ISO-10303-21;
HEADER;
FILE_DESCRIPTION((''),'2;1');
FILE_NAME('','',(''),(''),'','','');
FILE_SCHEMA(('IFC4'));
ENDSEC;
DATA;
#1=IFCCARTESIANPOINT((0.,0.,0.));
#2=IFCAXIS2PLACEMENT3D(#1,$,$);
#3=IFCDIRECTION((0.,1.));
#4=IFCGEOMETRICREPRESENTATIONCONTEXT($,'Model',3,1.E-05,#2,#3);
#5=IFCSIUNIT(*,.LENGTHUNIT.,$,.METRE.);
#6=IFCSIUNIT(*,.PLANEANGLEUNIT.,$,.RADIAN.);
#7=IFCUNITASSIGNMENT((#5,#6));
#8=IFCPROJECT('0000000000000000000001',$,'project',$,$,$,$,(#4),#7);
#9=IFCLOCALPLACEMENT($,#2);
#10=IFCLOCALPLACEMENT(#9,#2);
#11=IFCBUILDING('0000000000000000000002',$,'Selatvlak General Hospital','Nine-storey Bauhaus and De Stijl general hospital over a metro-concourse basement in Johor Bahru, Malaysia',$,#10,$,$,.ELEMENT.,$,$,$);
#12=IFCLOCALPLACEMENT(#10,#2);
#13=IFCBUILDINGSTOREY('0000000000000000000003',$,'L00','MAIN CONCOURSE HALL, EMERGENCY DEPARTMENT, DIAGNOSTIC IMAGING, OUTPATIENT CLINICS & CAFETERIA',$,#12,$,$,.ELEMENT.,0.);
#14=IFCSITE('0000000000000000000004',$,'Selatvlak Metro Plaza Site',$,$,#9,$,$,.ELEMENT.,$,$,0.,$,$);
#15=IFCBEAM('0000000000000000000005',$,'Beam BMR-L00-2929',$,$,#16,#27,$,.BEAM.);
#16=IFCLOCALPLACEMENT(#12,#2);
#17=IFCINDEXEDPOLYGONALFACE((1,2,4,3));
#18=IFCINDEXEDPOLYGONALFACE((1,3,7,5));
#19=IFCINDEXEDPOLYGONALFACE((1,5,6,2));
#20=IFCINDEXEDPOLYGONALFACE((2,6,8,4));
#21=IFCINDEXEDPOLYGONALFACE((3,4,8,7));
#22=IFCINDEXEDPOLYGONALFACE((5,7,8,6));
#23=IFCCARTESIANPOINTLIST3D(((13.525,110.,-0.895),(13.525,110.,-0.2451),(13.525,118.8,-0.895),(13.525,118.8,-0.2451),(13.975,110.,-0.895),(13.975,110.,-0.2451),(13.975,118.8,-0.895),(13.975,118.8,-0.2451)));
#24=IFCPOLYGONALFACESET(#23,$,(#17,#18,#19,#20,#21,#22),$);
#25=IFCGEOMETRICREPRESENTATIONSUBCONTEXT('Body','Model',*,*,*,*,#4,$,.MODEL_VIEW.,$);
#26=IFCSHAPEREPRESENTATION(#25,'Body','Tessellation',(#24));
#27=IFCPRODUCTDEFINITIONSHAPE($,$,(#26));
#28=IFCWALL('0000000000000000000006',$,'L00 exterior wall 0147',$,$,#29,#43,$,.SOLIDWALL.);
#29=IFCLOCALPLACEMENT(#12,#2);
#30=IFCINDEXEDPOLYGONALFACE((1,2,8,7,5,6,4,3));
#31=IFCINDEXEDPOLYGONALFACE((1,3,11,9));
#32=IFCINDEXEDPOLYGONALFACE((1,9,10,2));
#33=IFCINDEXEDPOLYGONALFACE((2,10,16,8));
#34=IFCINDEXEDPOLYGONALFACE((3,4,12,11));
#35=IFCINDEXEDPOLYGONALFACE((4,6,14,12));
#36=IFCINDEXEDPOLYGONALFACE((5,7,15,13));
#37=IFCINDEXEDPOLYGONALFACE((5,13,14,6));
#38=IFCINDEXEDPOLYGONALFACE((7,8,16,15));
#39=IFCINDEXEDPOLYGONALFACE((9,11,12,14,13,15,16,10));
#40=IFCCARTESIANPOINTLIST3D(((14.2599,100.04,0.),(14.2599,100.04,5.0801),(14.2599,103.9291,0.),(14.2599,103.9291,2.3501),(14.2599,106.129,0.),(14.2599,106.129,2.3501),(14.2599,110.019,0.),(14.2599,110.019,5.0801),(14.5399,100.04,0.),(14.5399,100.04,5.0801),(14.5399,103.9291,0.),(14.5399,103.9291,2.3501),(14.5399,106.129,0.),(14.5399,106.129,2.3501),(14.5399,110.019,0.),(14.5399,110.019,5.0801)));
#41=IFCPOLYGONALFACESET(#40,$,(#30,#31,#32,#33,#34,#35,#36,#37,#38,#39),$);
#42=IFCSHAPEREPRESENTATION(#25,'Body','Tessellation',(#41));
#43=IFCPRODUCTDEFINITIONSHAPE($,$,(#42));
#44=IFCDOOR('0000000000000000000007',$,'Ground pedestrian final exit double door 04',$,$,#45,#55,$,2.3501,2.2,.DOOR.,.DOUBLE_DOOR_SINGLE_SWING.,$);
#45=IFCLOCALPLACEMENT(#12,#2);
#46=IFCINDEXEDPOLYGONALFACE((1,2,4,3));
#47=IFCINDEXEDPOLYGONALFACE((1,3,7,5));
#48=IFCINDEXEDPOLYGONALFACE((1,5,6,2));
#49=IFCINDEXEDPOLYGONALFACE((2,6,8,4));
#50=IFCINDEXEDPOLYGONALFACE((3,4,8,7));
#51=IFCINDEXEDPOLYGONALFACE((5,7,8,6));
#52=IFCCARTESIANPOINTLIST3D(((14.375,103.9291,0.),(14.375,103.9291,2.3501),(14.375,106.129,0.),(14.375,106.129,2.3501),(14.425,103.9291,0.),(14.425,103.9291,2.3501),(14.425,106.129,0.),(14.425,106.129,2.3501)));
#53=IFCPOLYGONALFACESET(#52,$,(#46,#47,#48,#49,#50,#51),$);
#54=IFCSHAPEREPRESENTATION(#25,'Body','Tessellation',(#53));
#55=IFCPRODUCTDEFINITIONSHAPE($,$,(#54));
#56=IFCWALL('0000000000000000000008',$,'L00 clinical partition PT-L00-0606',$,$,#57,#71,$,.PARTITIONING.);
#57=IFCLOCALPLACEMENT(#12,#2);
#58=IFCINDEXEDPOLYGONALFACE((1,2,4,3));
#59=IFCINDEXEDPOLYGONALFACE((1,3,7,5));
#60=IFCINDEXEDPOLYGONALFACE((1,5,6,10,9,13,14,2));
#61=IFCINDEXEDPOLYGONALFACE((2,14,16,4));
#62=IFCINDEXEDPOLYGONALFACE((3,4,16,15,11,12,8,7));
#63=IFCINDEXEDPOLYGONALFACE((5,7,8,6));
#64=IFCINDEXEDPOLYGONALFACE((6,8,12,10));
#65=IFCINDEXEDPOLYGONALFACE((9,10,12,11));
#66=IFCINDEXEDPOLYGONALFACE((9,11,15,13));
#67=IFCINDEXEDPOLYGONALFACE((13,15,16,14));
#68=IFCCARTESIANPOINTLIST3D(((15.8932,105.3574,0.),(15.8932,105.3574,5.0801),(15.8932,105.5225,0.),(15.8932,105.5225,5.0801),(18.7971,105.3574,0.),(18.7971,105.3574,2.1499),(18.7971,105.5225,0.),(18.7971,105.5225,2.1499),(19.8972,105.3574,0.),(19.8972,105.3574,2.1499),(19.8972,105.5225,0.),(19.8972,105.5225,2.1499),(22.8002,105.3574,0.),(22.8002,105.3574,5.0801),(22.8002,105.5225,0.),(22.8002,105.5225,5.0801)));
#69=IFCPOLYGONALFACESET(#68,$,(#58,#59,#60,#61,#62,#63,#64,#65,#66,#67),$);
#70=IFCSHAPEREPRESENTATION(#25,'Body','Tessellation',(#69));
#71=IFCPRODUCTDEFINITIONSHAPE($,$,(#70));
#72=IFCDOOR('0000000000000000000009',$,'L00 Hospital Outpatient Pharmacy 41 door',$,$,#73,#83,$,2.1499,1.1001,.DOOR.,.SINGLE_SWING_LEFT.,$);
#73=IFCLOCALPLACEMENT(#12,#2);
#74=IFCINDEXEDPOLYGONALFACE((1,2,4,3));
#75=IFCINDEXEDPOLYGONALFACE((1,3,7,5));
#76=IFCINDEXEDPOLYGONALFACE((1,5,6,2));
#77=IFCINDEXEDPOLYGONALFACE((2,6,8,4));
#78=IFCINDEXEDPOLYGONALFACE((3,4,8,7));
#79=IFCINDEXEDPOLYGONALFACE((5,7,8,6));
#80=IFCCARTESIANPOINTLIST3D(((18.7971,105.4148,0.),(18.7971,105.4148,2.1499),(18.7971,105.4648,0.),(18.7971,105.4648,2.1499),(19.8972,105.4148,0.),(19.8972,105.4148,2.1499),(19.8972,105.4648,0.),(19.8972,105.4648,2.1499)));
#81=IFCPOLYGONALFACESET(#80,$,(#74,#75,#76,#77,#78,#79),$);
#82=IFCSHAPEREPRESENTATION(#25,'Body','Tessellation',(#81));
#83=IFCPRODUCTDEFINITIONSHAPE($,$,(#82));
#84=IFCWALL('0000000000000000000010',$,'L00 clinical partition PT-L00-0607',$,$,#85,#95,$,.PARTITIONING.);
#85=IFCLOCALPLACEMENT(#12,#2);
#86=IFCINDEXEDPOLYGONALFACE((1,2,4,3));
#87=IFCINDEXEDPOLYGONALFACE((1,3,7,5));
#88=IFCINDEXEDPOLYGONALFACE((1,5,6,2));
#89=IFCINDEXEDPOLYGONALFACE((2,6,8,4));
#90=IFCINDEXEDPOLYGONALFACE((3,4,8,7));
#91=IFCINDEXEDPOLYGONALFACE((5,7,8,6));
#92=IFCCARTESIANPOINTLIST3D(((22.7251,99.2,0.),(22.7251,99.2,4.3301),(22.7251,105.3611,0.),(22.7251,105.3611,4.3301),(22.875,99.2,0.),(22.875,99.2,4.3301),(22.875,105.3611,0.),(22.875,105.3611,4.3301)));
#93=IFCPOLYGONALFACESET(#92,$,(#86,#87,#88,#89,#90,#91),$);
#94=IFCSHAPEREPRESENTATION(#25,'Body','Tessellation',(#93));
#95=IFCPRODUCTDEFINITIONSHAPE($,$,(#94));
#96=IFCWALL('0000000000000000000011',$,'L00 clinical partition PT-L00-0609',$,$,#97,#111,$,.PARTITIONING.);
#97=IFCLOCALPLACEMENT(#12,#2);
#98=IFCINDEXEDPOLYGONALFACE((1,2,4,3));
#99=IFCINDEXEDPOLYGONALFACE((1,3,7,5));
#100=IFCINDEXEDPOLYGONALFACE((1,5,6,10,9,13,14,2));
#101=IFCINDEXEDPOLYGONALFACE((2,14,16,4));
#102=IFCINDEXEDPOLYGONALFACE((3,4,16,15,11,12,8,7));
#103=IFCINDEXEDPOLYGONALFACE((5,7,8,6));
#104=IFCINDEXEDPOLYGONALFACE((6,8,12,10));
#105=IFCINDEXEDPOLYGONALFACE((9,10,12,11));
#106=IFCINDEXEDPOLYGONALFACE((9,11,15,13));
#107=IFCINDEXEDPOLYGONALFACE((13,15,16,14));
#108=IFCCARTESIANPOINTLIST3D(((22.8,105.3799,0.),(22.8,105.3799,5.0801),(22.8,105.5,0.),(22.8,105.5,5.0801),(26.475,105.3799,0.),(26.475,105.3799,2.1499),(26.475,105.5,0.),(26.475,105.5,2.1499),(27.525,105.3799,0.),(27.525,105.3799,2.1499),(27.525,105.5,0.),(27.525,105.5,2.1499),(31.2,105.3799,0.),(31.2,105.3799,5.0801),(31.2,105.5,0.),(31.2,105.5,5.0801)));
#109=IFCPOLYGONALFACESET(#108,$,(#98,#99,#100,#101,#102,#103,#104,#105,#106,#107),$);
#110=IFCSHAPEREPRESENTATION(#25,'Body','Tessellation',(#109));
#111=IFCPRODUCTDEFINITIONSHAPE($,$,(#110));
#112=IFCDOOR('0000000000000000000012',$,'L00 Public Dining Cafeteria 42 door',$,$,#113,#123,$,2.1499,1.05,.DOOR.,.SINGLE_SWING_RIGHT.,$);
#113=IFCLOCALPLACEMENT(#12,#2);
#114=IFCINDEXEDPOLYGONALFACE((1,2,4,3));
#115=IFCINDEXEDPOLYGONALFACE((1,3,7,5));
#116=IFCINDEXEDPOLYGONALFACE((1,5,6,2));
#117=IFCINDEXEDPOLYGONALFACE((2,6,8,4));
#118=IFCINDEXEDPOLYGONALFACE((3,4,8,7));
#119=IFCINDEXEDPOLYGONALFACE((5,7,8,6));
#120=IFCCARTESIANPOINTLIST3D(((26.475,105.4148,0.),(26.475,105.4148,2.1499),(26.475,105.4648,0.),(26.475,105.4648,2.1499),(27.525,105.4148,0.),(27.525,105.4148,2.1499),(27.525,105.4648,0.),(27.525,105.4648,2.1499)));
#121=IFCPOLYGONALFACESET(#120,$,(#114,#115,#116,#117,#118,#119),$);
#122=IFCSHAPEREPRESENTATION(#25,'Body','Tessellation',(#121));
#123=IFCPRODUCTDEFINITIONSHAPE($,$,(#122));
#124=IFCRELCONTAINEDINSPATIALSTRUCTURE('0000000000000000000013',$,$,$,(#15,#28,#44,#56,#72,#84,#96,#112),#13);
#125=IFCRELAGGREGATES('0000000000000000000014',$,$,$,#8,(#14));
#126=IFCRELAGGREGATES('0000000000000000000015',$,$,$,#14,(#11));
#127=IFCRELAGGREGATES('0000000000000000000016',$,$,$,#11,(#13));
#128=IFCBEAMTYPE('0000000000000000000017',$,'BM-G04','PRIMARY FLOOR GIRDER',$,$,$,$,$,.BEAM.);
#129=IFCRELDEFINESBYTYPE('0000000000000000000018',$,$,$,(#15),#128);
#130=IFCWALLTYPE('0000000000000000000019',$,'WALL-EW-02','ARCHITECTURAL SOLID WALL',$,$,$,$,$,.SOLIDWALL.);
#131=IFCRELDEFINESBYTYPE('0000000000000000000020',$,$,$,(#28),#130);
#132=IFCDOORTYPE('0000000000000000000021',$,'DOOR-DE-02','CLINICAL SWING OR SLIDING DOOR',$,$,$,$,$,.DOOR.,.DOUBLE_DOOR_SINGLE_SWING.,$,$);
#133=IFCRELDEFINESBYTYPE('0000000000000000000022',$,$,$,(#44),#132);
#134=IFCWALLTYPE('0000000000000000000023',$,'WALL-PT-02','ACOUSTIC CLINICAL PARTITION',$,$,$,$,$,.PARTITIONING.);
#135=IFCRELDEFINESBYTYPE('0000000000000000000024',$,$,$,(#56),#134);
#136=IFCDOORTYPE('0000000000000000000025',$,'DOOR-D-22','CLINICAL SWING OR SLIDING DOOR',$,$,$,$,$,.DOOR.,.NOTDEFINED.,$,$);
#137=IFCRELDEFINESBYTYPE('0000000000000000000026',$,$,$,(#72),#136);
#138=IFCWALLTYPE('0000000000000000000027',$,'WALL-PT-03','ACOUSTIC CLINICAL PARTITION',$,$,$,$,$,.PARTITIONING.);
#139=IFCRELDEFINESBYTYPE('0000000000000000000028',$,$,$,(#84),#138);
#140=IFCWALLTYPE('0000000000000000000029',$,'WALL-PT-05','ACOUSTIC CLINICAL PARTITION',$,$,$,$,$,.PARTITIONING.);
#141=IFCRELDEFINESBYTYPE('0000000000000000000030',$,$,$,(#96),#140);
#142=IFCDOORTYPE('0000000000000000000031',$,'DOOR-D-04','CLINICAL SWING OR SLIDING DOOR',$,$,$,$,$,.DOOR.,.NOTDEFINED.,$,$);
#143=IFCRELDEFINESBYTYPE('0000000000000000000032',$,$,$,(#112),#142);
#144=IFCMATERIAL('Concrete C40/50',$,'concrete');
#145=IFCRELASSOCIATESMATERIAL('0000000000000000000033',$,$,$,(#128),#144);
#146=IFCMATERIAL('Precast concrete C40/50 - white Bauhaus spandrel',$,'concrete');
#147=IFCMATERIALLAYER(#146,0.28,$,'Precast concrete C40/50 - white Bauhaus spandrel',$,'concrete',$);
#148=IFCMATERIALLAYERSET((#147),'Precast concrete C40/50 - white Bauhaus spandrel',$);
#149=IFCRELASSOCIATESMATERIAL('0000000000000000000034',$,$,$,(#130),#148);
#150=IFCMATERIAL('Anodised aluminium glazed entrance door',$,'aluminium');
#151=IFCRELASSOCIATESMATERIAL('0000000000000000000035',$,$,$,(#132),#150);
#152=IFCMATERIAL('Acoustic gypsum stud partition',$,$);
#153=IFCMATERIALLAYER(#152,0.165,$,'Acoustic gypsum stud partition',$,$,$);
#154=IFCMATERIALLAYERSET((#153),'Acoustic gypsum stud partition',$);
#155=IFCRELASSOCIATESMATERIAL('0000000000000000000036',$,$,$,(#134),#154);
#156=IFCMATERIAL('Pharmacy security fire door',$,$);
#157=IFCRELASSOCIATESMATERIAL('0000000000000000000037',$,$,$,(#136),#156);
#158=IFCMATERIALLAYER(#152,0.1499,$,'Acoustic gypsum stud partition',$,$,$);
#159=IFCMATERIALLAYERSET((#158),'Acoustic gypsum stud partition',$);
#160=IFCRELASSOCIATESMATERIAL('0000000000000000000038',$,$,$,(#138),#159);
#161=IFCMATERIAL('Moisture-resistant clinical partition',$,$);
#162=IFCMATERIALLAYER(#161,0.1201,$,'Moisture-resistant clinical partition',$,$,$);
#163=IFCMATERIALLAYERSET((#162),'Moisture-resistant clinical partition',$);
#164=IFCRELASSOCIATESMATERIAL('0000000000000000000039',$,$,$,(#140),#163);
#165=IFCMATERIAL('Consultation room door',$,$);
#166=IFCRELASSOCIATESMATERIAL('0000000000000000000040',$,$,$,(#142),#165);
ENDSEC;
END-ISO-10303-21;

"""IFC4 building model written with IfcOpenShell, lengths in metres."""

from ifc_helpers import new_model, si_unit, direction, frame, frame_2d, origin, origin_2d, place, context, subcontext, project, spatial, rectangle, extrude, material, layer, layer_set, material_profile, profile_set, type_object, element, fill, save


model = new_model("IFC4")

# Units and contexts
model_context = context("Model", 3, precision=1e-05, world=origin(), true_north=direction((0.0, 1.0)))
body_context = subcontext(model_context, "Body", "Model", "MODEL_VIEW")
ifc_project = project(units=[si_unit("LENGTHUNIT", "METRE"), si_unit("PLANEANGLEUNIT", "RADIAN")], contexts=[model_context])

# Site, building, storey
site_placement = place(None, origin())
site = spatial("IfcSite", under=ifc_project, at=site_placement, Name="Selatvlak Metro Plaza Site", CompositionType="ELEMENT", RefElevation=0.0)
building_placement = place(site_placement, origin())
building = spatial("IfcBuilding", under=site, at=building_placement, Name="Selatvlak General Hospital", Description="Nine-storey Bauhaus and De Stijl general hospital over a metro-concourse basement in Johor Bahru, Malaysia", CompositionType="ELEMENT")
storey_placement = place(building_placement, origin())
storey = spatial("IfcBuildingStorey", under=building, at=storey_placement, Name="L00", Description="MAIN CONCOURSE HALL, EMERGENCY DEPARTMENT, DIAGNOSTIC IMAGING, OUTPATIENT CLINICS & CAFETERIA", CompositionType="ELEMENT", Elevation=0.0)

# Beam
ifc_material_1 = material(Name="Concrete C40/50", Category="concrete")
ifc_material_profile_1 = material_profile(ifc_material_1, rectangle(XDim=0.45, YDim=0.6499, at=origin_2d()), Name="RC-BM 450x650")
ifc_profile_set_1 = profile_set([ifc_material_profile_1], Name="Concrete C40/50")
beam_type_1 = type_object("IfcBeamType", Name="BM-G04", Description="PRIMARY FLOOR GIRDER", PredefinedType="BEAM", material=ifc_profile_set_1)
beam_1_placement = place(storey_placement, frame((13.75, 110.0, -0.5701), z_axis=(0.0, 1.0, 0.0), x_axis=(-1.0, 0.0, 0.0)))
element("IfcBeam", 1, at=beam_1_placement, inside=storey, type_object=beam_type_1, Name="Beam BMR-L00-2929", PredefinedType="BEAM", context=body_context, shape_type="SweptSolid", body=[
    extrude(rectangle(XDim=0.45, YDim=0.6499, at=origin_2d()), origin(), (0.0, 0.0, 1.0), 8.8),
])

# Walls, openings, doors
ifc_material_2 = material(Name="Precast concrete C40/50 - white Bauhaus spandrel", Category="concrete")
ifc_layer_1 = layer(ifc_material_2, 0.28, Name="Precast concrete C40/50 - white Bauhaus spandrel", Category="concrete")
ifc_layer_set_1 = layer_set([ifc_layer_1], Name="Precast concrete C40/50 - white Bauhaus spandrel")
wall_type_1 = type_object("IfcWallType", Name="WALL-EW-02", Description="ARCHITECTURAL SOLID WALL", PredefinedType="SOLIDWALL", material=ifc_layer_set_1)
wall_1_placement = place(storey_placement, frame((14.3999, 100.04, 0.0), z_axis=(0.0, 0.0, 1.0), x_axis=(0.0, 1.0, 0.0)))
wall_1 = element("IfcWall", 2, at=wall_1_placement, inside=storey, type_object=wall_type_1, Name="L00 exterior wall 0147", PredefinedType="SOLIDWALL", context=body_context, shape_type="SweptSolid", body=[
    extrude(rectangle(XDim=9.979, YDim=0.28, at=frame_2d((4.9895, 0.0))), origin(), (0.0, 0.0, 1.0), 5.0801),
])
opening_1_placement = place(wall_1_placement, frame((3.8889, 0.0, 0.0)))
opening_1 = element("IfcOpeningElement", 3, at=opening_1_placement, cuts=wall_1, PredefinedType="OPENING", context=body_context, shape_type="SweptSolid", body=[
    extrude(rectangle(XDim=2.2, YDim=2.3501, at=frame_2d((1.1001, 1.175))), frame((0.0, 0.1499, 0.0), z_axis=(0.0, -1.0, 0.0), x_axis=(1.0, 0.0, 0.0)), (0.0, 0.0, 1.0), 0.3),
])
ifc_material_3 = material(Name="Anodised aluminium glazed entrance door", Category="aluminium")
door_type_1 = type_object("IfcDoorType", Name="DOOR-DE-02", Description="CLINICAL SWING OR SLIDING DOOR", OperationType="DOUBLE_DOOR_SINGLE_SWING", PredefinedType="DOOR", material=ifc_material_3)
door_1_placement = place(opening_1_placement, origin())
door_1 = element("IfcDoor", 4, at=door_1_placement, inside=storey, type_object=door_type_1, Name="Ground pedestrian final exit double door 04", OperationType="DOUBLE_DOOR_SINGLE_SWING", OverallHeight=2.3501, OverallWidth=2.2, PredefinedType="DOOR", context=body_context, shape_type="SweptSolid", body=[
    extrude(rectangle(XDim=2.2, YDim=2.3501, at=frame_2d((1.1001, 1.175))), frame((0.0, 0.0249, 0.0), z_axis=(0.0, -1.0, 0.0), x_axis=(1.0, 0.0, 0.0)), (0.0, 0.0, 1.0), 0.05),
])
fill(opening_1, door_1)
ifc_material_4 = material(Name="Acoustic gypsum stud partition")
ifc_layer_2 = layer(ifc_material_4, 0.165, Name="Acoustic gypsum stud partition")
ifc_layer_set_2 = layer_set([ifc_layer_2], Name="Acoustic gypsum stud partition")
wall_type_2 = type_object("IfcWallType", Name="WALL-PT-02", Description="ACOUSTIC CLINICAL PARTITION", PredefinedType="PARTITIONING", material=ifc_layer_set_2)
wall_2_placement = place(storey_placement, frame((15.8931, 105.4399, 0.0), z_axis=(0.0, 0.0, 1.0), x_axis=(1.0, 0.0, 0.0)))
wall_2 = element("IfcWall", 5, at=wall_2_placement, inside=storey, type_object=wall_type_2, Name="L00 clinical partition PT-L00-0606", PredefinedType="PARTITIONING", context=body_context, shape_type="SweptSolid", body=[
    extrude(rectangle(XDim=6.907, YDim=0.165, at=frame_2d((3.4536, 0.0))), origin(), (0.0, 0.0, 1.0), 5.0801),
])
opening_2_placement = place(wall_2_placement, frame((2.9041, 0.0, 0.0)))
opening_2 = element("IfcOpeningElement", 6, at=opening_2_placement, cuts=wall_2, PredefinedType="OPENING", context=body_context, shape_type="SweptSolid", body=[
    extrude(rectangle(XDim=1.1001, YDim=2.1499, at=frame_2d((0.55, 1.075))), frame((0.0, 0.0925, 0.0), z_axis=(0.0, -1.0, 0.0), x_axis=(1.0, 0.0, 0.0)), (0.0, 0.0, 1.0), 0.1851),
])
ifc_material_5 = material(Name="Pharmacy security fire door")
door_type_2 = type_object("IfcDoorType", Name="DOOR-D-22", Description="CLINICAL SWING OR SLIDING DOOR", OperationType="NOTDEFINED", PredefinedType="DOOR", material=ifc_material_5)
door_2_placement = place(opening_2_placement, origin())
door_2 = element("IfcDoor", 7, at=door_2_placement, inside=storey, type_object=door_type_2, Name="L00 Hospital Outpatient Pharmacy 41 door", OperationType="SINGLE_SWING_LEFT", OverallHeight=2.1499, OverallWidth=1.1001, PredefinedType="DOOR", context=body_context, shape_type="SweptSolid", body=[
    extrude(rectangle(XDim=1.1001, YDim=2.1499, at=frame_2d((0.55, 1.075))), frame((0.0, 0.0249, 0.0), z_axis=(0.0, -1.0, 0.0), x_axis=(1.0, 0.0, 0.0)), (0.0, 0.0, 1.0), 0.05),
])
fill(opening_2, door_2)

# Wall
ifc_layer_3 = layer(ifc_material_4, 0.1499, Name="Acoustic gypsum stud partition")
ifc_layer_set_3 = layer_set([ifc_layer_3], Name="Acoustic gypsum stud partition")
wall_type_3 = type_object("IfcWallType", Name="WALL-PT-03", Description="ACOUSTIC CLINICAL PARTITION", PredefinedType="PARTITIONING", material=ifc_layer_set_3)
wall_3_placement = place(storey_placement, frame((22.8, 105.3611, 0.0), z_axis=(0.0, 0.0, 1.0), x_axis=(0.0, -1.0, 0.0)))
element("IfcWall", 8, at=wall_3_placement, inside=storey, type_object=wall_type_3, Name="L00 clinical partition PT-L00-0607", PredefinedType="PARTITIONING", context=body_context, shape_type="SweptSolid", body=[
    extrude(rectangle(XDim=6.1611, YDim=0.1499, at=frame_2d((3.0806, 0.0))), origin(), (0.0, 0.0, 1.0), 4.3301),
])

# Wall, opening, door
ifc_material_6 = material(Name="Moisture-resistant clinical partition")
ifc_layer_4 = layer(ifc_material_6, 0.1201, Name="Moisture-resistant clinical partition")
ifc_layer_set_4 = layer_set([ifc_layer_4], Name="Moisture-resistant clinical partition")
wall_type_4 = type_object("IfcWallType", Name="WALL-PT-05", Description="ACOUSTIC CLINICAL PARTITION", PredefinedType="PARTITIONING", material=ifc_layer_set_4)
wall_4_placement = place(storey_placement, frame((22.8, 105.4399, 0.0), z_axis=(0.0, 0.0, 1.0), x_axis=(1.0, 0.0, 0.0)))
wall_4 = element("IfcWall", 9, at=wall_4_placement, inside=storey, type_object=wall_type_4, Name="L00 clinical partition PT-L00-0609", PredefinedType="PARTITIONING", context=body_context, shape_type="SweptSolid", body=[
    extrude(rectangle(XDim=8.3999, YDim=0.1201, at=frame_2d((4.2, 0.0))), origin(), (0.0, 0.0, 1.0), 5.0801),
])
opening_3_placement = place(wall_4_placement, frame((3.675, 0.0, 0.0)))
opening_3 = element("IfcOpeningElement", 10, at=opening_3_placement, cuts=wall_4, PredefinedType="OPENING", context=body_context, shape_type="SweptSolid", body=[
    extrude(rectangle(XDim=1.05, YDim=2.1499, at=frame_2d((0.5249, 1.075))), frame((0.0, 0.0701, 0.0), z_axis=(0.0, -1.0, 0.0), x_axis=(1.0, 0.0, 0.0)), (0.0, 0.0, 1.0), 0.1401),
])
ifc_material_7 = material(Name="Consultation room door")
door_type_3 = type_object("IfcDoorType", Name="DOOR-D-04", Description="CLINICAL SWING OR SLIDING DOOR", OperationType="NOTDEFINED", PredefinedType="DOOR", material=ifc_material_7)
door_3_placement = place(opening_3_placement, origin())
door_3 = element("IfcDoor", 11, at=door_3_placement, inside=storey, type_object=door_type_3, Name="L00 Public Dining Cafeteria 42 door", OperationType="SINGLE_SWING_RIGHT", OverallHeight=2.1499, OverallWidth=1.05, PredefinedType="DOOR", context=body_context, shape_type="SweptSolid", body=[
    extrude(rectangle(XDim=1.05, YDim=2.1499, at=frame_2d((0.5249, 1.075))), frame((0.0, 0.0249, 0.0), z_axis=(0.0, -1.0, 0.0), x_axis=(1.0, 0.0, 0.0)), (0.0, 0.0, 1.0), 0.05),
])
fill(opening_3, door_3)

save(model, "model.ifc")
